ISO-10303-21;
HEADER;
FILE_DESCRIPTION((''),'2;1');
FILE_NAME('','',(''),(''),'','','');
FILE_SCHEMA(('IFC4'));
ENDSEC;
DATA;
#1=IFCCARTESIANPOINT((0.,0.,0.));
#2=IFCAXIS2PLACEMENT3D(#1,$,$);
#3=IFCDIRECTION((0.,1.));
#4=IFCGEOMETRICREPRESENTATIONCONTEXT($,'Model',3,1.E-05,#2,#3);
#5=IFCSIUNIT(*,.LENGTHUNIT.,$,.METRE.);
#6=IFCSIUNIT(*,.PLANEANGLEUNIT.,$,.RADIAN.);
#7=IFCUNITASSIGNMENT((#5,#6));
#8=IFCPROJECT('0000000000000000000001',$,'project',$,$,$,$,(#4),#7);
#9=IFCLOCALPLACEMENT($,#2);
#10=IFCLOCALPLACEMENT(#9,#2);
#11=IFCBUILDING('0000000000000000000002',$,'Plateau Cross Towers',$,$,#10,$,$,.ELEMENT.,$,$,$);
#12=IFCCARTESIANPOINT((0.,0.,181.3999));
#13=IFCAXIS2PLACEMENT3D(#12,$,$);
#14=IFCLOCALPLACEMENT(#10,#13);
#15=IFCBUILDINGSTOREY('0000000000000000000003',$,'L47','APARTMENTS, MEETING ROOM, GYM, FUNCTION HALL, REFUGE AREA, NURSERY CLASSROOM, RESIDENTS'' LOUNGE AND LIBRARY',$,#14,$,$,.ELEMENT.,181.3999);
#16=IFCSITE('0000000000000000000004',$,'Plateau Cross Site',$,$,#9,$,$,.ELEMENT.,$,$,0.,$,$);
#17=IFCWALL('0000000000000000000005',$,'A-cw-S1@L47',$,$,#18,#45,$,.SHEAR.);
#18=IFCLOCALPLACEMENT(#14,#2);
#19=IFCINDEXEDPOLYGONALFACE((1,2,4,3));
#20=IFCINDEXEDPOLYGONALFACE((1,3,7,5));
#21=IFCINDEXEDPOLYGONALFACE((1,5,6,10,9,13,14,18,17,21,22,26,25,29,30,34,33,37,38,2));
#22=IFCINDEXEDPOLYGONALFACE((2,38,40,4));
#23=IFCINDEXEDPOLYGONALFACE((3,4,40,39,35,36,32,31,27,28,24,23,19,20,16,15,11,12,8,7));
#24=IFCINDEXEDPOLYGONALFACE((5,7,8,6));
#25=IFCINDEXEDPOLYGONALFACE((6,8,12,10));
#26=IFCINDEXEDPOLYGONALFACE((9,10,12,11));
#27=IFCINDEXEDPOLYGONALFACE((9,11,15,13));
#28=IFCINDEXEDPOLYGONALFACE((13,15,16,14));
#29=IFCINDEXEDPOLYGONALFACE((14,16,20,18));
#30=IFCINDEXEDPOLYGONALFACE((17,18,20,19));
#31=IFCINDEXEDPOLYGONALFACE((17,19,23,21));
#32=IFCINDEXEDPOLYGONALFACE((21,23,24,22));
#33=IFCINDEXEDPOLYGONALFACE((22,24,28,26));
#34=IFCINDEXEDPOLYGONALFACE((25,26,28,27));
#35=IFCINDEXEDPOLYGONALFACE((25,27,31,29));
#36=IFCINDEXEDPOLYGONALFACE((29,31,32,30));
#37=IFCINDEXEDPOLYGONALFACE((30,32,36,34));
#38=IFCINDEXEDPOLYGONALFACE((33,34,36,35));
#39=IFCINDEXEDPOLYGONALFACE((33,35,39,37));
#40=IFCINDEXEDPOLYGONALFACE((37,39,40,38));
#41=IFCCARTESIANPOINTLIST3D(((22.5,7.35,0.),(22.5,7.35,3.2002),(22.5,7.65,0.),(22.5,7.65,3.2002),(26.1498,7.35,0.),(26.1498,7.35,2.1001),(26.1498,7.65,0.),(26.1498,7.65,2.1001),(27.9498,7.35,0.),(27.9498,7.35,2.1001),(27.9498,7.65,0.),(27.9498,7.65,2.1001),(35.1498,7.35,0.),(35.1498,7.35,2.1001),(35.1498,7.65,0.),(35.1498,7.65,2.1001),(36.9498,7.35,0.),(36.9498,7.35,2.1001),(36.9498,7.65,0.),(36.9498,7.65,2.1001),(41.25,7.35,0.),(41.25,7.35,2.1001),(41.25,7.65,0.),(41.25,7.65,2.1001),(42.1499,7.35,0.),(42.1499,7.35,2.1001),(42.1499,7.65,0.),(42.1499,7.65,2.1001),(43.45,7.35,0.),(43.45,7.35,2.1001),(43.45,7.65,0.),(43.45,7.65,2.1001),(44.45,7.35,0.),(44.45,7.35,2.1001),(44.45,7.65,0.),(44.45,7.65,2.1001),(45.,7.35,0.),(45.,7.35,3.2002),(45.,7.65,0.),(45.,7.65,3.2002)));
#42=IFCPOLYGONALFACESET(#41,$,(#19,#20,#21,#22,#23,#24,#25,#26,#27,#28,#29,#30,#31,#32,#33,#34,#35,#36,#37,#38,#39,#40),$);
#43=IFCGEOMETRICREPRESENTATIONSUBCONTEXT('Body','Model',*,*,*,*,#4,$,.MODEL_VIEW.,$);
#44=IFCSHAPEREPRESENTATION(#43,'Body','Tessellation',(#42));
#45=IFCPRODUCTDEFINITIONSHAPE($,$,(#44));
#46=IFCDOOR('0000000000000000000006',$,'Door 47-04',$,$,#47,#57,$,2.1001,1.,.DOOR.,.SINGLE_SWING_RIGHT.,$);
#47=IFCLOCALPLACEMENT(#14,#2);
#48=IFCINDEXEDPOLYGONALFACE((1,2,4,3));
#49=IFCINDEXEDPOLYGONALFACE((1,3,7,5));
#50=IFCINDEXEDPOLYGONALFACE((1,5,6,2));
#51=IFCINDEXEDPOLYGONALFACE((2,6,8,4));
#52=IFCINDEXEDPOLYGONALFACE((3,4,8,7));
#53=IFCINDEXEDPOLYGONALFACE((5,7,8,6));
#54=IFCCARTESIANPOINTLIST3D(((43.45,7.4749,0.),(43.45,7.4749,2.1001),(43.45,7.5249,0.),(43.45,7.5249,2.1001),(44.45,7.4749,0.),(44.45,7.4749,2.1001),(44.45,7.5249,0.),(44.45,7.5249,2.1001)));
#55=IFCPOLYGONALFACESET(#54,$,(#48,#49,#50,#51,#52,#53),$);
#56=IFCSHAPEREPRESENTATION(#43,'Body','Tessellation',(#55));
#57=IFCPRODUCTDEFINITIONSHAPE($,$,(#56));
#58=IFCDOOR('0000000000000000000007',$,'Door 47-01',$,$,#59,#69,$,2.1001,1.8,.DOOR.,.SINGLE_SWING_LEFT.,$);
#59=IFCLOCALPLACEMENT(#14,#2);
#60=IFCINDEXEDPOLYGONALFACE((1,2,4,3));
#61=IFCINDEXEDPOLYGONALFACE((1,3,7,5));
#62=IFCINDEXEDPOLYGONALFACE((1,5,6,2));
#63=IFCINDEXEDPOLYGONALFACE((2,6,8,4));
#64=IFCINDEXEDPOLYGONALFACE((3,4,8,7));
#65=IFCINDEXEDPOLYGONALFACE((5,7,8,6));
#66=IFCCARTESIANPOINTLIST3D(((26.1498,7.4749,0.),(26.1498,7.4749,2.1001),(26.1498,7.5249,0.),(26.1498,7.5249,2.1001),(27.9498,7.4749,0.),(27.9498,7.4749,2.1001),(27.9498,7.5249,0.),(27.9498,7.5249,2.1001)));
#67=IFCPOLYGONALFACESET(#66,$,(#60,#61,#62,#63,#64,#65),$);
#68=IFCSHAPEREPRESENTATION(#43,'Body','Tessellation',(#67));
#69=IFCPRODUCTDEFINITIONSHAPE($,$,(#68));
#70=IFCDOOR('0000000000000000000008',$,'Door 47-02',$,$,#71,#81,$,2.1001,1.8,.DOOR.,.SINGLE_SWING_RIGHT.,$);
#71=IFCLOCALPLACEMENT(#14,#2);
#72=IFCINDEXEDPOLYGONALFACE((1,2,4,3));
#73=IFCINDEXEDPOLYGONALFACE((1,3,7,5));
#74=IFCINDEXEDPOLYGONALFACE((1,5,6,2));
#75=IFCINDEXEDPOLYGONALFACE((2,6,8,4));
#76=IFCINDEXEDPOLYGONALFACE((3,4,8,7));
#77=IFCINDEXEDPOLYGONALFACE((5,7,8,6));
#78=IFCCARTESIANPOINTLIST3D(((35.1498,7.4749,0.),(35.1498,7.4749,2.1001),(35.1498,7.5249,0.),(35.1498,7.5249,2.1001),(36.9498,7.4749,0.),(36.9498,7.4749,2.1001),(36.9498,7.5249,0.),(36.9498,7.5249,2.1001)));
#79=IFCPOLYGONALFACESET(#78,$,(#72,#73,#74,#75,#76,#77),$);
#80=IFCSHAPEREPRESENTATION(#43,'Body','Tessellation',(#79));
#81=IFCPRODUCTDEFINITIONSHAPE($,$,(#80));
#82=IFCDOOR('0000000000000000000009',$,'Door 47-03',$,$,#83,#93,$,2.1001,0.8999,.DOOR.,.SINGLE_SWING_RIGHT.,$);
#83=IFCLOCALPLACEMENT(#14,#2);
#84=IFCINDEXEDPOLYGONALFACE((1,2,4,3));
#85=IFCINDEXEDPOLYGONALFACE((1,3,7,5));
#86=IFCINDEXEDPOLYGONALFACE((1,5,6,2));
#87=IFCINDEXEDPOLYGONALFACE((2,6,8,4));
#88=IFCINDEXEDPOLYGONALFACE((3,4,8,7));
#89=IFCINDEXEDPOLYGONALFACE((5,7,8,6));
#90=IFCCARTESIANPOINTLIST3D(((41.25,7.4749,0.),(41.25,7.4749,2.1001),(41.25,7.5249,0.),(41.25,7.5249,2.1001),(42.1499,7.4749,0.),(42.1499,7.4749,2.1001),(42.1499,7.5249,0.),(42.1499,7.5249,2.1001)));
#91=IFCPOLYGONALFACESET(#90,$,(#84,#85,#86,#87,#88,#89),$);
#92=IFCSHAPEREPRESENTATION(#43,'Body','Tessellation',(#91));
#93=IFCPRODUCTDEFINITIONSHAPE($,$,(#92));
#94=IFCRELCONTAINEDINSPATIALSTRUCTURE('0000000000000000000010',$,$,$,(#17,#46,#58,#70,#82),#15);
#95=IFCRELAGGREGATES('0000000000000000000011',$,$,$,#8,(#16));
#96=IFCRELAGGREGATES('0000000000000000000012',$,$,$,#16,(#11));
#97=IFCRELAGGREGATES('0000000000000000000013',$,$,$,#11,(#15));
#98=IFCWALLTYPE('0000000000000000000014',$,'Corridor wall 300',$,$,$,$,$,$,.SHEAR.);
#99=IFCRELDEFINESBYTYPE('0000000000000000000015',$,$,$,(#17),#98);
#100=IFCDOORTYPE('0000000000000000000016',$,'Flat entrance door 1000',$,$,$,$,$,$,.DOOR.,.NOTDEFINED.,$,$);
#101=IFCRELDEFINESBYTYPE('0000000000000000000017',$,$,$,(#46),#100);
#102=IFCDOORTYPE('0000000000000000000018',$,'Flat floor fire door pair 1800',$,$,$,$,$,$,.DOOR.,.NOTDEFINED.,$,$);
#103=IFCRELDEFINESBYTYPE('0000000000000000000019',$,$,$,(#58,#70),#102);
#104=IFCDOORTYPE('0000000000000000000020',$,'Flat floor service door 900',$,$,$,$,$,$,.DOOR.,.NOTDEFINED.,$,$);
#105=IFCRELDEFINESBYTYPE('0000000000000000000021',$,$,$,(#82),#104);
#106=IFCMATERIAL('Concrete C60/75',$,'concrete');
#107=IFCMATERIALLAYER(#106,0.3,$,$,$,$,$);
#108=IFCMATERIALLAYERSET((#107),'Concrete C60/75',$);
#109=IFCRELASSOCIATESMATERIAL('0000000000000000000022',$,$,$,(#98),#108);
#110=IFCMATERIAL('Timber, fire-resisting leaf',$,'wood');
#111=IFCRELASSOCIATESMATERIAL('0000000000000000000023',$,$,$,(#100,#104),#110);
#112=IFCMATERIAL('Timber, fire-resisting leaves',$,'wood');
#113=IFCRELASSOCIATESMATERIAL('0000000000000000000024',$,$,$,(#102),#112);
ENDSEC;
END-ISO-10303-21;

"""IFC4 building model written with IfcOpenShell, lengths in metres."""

from ifc_helpers import new_model, si_unit, direction, frame, frame_2d, origin, place, context, subcontext, project, spatial, rectangle, extrude, material, layer, layer_set, type_object, element, fill, save


model = new_model("IFC4")

# Units and contexts
model_context = context("Model", 3, precision=1e-05, world=origin(), true_north=direction((0.0, 1.0)))
body_context = subcontext(model_context, "Body", "Model", "MODEL_VIEW")
ifc_project = project(units=[si_unit("LENGTHUNIT", "METRE"), si_unit("PLANEANGLEUNIT", "RADIAN")], contexts=[model_context])

# Site, building, storey
site_placement = place(None, origin())
site = spatial("IfcSite", under=ifc_project, at=site_placement, Name="Plateau Cross Site", CompositionType="ELEMENT", RefElevation=0.0)
building_placement = place(site_placement, origin())
building = spatial("IfcBuilding", under=site, at=building_placement, Name="Plateau Cross Towers", CompositionType="ELEMENT")
storey_placement = place(building_placement, frame((0.0, 0.0, 181.3999)))
storey = spatial("IfcBuildingStorey", under=building, at=storey_placement, Name="L47", Description="APARTMENTS, MEETING ROOM, GYM, FUNCTION HALL, REFUGE AREA, NURSERY CLASSROOM, RESIDENTS' LOUNGE AND LIBRARY", CompositionType="ELEMENT", Elevation=181.3999)

# Shared definitions
ifc_material_1 = material(Name="Concrete C60/75", Category="concrete")

# Wall, openings, doors
ifc_layer_1 = layer(ifc_material_1, 0.3)
ifc_layer_set_1 = layer_set([ifc_layer_1], Name="Concrete C60/75")
wall_type_1 = type_object("IfcWallType", Name="Corridor wall 300", PredefinedType="SHEAR", material=ifc_layer_set_1)
wall_1_placement = place(storey_placement, frame((22.5, 7.5, 0.0), z_axis=(0.0, 0.0, 1.0), x_axis=(1.0, 0.0, 0.0)))
wall_1 = element("IfcWall", 1, at=wall_1_placement, inside=storey, type_object=wall_type_1, Name="A-cw-S1@L47", PredefinedType="SHEAR", context=body_context, shape_type="SweptSolid", body=[
    extrude(rectangle(XDim=22.5, YDim=0.3, at=frame_2d((11.25, 0.0))), origin(), (0.0, 0.0, 1.0), 3.2002),
])
opening_1_placement = place(wall_1_placement, frame((3.6499, 0.0, 0.0)))
opening_1 = element("IfcOpeningElement", 2, at=opening_1_placement, cuts=wall_1, PredefinedType="OPENING", context=body_context, shape_type="SweptSolid", body=[
    extrude(rectangle(XDim=1.8, YDim=2.1001, at=frame_2d((0.8999, 1.05))), frame((0.0, 0.1599, 0.0), z_axis=(0.0, -1.0, 0.0), x_axis=(1.0, 0.0, 0.0)), (0.0, 0.0, 1.0), 0.3201),
])
opening_2_placement = place(wall_1_placement, frame((12.6499, 0.0, 0.0)))
opening_2 = element("IfcOpeningElement", 3, at=opening_2_placement, cuts=wall_1, PredefinedType="OPENING", context=body_context, shape_type="SweptSolid", body=[
    extrude(rectangle(XDim=1.8, YDim=2.1001, at=frame_2d((0.8999, 1.05))), frame((0.0, 0.1599, 0.0), z_axis=(0.0, -1.0, 0.0), x_axis=(1.0, 0.0, 0.0)), (0.0, 0.0, 1.0), 0.3201),
])
opening_3_placement = place(wall_1_placement, frame((18.75, 0.0, 0.0)))
opening_3 = element("IfcOpeningElement", 4, at=opening_3_placement, cuts=wall_1, PredefinedType="OPENING", context=body_context, shape_type="SweptSolid", body=[
    extrude(rectangle(XDim=0.8999, YDim=2.1001, at=frame_2d((0.45, 1.05))), frame((0.0, 0.1599, 0.0), z_axis=(0.0, -1.0, 0.0), x_axis=(1.0, 0.0, 0.0)), (0.0, 0.0, 1.0), 0.3201),
])
opening_4_placement = place(wall_1_placement, frame((20.95, 0.0, 0.0)))
opening_4 = element("IfcOpeningElement", 5, at=opening_4_placement, cuts=wall_1, PredefinedType="OPENING", context=body_context, shape_type="SweptSolid", body=[
    extrude(rectangle(XDim=1.0, YDim=2.1001, at=frame_2d((0.5, 1.05))), frame((0.0, 0.1599, 0.0), z_axis=(0.0, -1.0, 0.0), x_axis=(1.0, 0.0, 0.0)), (0.0, 0.0, 1.0), 0.3201),
])
ifc_material_2 = material(Name="Timber, fire-resisting leaf", Category="wood")
door_type_1 = type_object("IfcDoorType", Name="Flat entrance door 1000", OperationType="NOTDEFINED", PredefinedType="DOOR", material=ifc_material_2)
door_1_placement = place(opening_4_placement, origin())
door_1 = element("IfcDoor", 6, at=door_1_placement, inside=storey, type_object=door_type_1, Name="Door 47-04", OperationType="SINGLE_SWING_RIGHT", OverallHeight=2.1001, OverallWidth=1.0, PredefinedType="DOOR", context=body_context, shape_type="SweptSolid", body=[
    extrude(rectangle(XDim=1.0, YDim=2.1001, at=frame_2d((0.5, 1.05))), frame((0.0, 0.0249, 0.0), z_axis=(0.0, -1.0, 0.0), x_axis=(1.0, 0.0, 0.0)), (0.0, 0.0, 1.0), 0.05),
])
fill(opening_4, door_1)
ifc_material_3 = material(Name="Timber, fire-resisting leaves", Category="wood")
door_type_2 = type_object("IfcDoorType", Name="Flat floor fire door pair 1800", OperationType="NOTDEFINED", PredefinedType="DOOR", material=ifc_material_3)
door_2_placement = place(opening_1_placement, origin())
door_2 = element("IfcDoor", 7, at=door_2_placement, inside=storey, type_object=door_type_2, Name="Door 47-01", OperationType="SINGLE_SWING_LEFT", OverallHeight=2.1001, OverallWidth=1.8, PredefinedType="DOOR", context=body_context, shape_type="SweptSolid", body=[
    extrude(rectangle(XDim=1.8, YDim=2.1001, at=frame_2d((0.8999, 1.05))), frame((0.0, 0.0249, 0.0), z_axis=(0.0, -1.0, 0.0), x_axis=(1.0, 0.0, 0.0)), (0.0, 0.0, 1.0), 0.05),
])
fill(opening_1, door_2)
door_3_placement = place(opening_2_placement, origin())
door_3 = element("IfcDoor", 8, at=door_3_placement, inside=storey, type_object=door_type_2, Name="Door 47-02", OperationType="SINGLE_SWING_RIGHT", OverallHeight=2.1001, OverallWidth=1.8, PredefinedType="DOOR", context=body_context, shape_type="SweptSolid", body=[
    extrude(rectangle(XDim=1.8, YDim=2.1001, at=frame_2d((0.8999, 1.05))), frame((0.0, 0.0249, 0.0), z_axis=(0.0, -1.0, 0.0), x_axis=(1.0, 0.0, 0.0)), (0.0, 0.0, 1.0), 0.05),
])
fill(opening_2, door_3)
door_type_3 = type_object("IfcDoorType", Name="Flat floor service door 900", OperationType="NOTDEFINED", PredefinedType="DOOR", material=ifc_material_2)
door_4_placement = place(opening_3_placement, origin())
door_4 = element("IfcDoor", 9, at=door_4_placement, inside=storey, type_object=door_type_3, Name="Door 47-03", OperationType="SINGLE_SWING_RIGHT", OverallHeight=2.1001, OverallWidth=0.8999, PredefinedType="DOOR", context=body_context, shape_type="SweptSolid", body=[
    extrude(rectangle(XDim=0.8999, YDim=2.1001, at=frame_2d((0.45, 1.05))), frame((0.0, 0.0249, 0.0), z_axis=(0.0, -1.0, 0.0), x_axis=(1.0, 0.0, 0.0)), (0.0, 0.0, 1.0), 0.05),
])
fill(opening_3, door_4)

save(model, "model.ifc")
